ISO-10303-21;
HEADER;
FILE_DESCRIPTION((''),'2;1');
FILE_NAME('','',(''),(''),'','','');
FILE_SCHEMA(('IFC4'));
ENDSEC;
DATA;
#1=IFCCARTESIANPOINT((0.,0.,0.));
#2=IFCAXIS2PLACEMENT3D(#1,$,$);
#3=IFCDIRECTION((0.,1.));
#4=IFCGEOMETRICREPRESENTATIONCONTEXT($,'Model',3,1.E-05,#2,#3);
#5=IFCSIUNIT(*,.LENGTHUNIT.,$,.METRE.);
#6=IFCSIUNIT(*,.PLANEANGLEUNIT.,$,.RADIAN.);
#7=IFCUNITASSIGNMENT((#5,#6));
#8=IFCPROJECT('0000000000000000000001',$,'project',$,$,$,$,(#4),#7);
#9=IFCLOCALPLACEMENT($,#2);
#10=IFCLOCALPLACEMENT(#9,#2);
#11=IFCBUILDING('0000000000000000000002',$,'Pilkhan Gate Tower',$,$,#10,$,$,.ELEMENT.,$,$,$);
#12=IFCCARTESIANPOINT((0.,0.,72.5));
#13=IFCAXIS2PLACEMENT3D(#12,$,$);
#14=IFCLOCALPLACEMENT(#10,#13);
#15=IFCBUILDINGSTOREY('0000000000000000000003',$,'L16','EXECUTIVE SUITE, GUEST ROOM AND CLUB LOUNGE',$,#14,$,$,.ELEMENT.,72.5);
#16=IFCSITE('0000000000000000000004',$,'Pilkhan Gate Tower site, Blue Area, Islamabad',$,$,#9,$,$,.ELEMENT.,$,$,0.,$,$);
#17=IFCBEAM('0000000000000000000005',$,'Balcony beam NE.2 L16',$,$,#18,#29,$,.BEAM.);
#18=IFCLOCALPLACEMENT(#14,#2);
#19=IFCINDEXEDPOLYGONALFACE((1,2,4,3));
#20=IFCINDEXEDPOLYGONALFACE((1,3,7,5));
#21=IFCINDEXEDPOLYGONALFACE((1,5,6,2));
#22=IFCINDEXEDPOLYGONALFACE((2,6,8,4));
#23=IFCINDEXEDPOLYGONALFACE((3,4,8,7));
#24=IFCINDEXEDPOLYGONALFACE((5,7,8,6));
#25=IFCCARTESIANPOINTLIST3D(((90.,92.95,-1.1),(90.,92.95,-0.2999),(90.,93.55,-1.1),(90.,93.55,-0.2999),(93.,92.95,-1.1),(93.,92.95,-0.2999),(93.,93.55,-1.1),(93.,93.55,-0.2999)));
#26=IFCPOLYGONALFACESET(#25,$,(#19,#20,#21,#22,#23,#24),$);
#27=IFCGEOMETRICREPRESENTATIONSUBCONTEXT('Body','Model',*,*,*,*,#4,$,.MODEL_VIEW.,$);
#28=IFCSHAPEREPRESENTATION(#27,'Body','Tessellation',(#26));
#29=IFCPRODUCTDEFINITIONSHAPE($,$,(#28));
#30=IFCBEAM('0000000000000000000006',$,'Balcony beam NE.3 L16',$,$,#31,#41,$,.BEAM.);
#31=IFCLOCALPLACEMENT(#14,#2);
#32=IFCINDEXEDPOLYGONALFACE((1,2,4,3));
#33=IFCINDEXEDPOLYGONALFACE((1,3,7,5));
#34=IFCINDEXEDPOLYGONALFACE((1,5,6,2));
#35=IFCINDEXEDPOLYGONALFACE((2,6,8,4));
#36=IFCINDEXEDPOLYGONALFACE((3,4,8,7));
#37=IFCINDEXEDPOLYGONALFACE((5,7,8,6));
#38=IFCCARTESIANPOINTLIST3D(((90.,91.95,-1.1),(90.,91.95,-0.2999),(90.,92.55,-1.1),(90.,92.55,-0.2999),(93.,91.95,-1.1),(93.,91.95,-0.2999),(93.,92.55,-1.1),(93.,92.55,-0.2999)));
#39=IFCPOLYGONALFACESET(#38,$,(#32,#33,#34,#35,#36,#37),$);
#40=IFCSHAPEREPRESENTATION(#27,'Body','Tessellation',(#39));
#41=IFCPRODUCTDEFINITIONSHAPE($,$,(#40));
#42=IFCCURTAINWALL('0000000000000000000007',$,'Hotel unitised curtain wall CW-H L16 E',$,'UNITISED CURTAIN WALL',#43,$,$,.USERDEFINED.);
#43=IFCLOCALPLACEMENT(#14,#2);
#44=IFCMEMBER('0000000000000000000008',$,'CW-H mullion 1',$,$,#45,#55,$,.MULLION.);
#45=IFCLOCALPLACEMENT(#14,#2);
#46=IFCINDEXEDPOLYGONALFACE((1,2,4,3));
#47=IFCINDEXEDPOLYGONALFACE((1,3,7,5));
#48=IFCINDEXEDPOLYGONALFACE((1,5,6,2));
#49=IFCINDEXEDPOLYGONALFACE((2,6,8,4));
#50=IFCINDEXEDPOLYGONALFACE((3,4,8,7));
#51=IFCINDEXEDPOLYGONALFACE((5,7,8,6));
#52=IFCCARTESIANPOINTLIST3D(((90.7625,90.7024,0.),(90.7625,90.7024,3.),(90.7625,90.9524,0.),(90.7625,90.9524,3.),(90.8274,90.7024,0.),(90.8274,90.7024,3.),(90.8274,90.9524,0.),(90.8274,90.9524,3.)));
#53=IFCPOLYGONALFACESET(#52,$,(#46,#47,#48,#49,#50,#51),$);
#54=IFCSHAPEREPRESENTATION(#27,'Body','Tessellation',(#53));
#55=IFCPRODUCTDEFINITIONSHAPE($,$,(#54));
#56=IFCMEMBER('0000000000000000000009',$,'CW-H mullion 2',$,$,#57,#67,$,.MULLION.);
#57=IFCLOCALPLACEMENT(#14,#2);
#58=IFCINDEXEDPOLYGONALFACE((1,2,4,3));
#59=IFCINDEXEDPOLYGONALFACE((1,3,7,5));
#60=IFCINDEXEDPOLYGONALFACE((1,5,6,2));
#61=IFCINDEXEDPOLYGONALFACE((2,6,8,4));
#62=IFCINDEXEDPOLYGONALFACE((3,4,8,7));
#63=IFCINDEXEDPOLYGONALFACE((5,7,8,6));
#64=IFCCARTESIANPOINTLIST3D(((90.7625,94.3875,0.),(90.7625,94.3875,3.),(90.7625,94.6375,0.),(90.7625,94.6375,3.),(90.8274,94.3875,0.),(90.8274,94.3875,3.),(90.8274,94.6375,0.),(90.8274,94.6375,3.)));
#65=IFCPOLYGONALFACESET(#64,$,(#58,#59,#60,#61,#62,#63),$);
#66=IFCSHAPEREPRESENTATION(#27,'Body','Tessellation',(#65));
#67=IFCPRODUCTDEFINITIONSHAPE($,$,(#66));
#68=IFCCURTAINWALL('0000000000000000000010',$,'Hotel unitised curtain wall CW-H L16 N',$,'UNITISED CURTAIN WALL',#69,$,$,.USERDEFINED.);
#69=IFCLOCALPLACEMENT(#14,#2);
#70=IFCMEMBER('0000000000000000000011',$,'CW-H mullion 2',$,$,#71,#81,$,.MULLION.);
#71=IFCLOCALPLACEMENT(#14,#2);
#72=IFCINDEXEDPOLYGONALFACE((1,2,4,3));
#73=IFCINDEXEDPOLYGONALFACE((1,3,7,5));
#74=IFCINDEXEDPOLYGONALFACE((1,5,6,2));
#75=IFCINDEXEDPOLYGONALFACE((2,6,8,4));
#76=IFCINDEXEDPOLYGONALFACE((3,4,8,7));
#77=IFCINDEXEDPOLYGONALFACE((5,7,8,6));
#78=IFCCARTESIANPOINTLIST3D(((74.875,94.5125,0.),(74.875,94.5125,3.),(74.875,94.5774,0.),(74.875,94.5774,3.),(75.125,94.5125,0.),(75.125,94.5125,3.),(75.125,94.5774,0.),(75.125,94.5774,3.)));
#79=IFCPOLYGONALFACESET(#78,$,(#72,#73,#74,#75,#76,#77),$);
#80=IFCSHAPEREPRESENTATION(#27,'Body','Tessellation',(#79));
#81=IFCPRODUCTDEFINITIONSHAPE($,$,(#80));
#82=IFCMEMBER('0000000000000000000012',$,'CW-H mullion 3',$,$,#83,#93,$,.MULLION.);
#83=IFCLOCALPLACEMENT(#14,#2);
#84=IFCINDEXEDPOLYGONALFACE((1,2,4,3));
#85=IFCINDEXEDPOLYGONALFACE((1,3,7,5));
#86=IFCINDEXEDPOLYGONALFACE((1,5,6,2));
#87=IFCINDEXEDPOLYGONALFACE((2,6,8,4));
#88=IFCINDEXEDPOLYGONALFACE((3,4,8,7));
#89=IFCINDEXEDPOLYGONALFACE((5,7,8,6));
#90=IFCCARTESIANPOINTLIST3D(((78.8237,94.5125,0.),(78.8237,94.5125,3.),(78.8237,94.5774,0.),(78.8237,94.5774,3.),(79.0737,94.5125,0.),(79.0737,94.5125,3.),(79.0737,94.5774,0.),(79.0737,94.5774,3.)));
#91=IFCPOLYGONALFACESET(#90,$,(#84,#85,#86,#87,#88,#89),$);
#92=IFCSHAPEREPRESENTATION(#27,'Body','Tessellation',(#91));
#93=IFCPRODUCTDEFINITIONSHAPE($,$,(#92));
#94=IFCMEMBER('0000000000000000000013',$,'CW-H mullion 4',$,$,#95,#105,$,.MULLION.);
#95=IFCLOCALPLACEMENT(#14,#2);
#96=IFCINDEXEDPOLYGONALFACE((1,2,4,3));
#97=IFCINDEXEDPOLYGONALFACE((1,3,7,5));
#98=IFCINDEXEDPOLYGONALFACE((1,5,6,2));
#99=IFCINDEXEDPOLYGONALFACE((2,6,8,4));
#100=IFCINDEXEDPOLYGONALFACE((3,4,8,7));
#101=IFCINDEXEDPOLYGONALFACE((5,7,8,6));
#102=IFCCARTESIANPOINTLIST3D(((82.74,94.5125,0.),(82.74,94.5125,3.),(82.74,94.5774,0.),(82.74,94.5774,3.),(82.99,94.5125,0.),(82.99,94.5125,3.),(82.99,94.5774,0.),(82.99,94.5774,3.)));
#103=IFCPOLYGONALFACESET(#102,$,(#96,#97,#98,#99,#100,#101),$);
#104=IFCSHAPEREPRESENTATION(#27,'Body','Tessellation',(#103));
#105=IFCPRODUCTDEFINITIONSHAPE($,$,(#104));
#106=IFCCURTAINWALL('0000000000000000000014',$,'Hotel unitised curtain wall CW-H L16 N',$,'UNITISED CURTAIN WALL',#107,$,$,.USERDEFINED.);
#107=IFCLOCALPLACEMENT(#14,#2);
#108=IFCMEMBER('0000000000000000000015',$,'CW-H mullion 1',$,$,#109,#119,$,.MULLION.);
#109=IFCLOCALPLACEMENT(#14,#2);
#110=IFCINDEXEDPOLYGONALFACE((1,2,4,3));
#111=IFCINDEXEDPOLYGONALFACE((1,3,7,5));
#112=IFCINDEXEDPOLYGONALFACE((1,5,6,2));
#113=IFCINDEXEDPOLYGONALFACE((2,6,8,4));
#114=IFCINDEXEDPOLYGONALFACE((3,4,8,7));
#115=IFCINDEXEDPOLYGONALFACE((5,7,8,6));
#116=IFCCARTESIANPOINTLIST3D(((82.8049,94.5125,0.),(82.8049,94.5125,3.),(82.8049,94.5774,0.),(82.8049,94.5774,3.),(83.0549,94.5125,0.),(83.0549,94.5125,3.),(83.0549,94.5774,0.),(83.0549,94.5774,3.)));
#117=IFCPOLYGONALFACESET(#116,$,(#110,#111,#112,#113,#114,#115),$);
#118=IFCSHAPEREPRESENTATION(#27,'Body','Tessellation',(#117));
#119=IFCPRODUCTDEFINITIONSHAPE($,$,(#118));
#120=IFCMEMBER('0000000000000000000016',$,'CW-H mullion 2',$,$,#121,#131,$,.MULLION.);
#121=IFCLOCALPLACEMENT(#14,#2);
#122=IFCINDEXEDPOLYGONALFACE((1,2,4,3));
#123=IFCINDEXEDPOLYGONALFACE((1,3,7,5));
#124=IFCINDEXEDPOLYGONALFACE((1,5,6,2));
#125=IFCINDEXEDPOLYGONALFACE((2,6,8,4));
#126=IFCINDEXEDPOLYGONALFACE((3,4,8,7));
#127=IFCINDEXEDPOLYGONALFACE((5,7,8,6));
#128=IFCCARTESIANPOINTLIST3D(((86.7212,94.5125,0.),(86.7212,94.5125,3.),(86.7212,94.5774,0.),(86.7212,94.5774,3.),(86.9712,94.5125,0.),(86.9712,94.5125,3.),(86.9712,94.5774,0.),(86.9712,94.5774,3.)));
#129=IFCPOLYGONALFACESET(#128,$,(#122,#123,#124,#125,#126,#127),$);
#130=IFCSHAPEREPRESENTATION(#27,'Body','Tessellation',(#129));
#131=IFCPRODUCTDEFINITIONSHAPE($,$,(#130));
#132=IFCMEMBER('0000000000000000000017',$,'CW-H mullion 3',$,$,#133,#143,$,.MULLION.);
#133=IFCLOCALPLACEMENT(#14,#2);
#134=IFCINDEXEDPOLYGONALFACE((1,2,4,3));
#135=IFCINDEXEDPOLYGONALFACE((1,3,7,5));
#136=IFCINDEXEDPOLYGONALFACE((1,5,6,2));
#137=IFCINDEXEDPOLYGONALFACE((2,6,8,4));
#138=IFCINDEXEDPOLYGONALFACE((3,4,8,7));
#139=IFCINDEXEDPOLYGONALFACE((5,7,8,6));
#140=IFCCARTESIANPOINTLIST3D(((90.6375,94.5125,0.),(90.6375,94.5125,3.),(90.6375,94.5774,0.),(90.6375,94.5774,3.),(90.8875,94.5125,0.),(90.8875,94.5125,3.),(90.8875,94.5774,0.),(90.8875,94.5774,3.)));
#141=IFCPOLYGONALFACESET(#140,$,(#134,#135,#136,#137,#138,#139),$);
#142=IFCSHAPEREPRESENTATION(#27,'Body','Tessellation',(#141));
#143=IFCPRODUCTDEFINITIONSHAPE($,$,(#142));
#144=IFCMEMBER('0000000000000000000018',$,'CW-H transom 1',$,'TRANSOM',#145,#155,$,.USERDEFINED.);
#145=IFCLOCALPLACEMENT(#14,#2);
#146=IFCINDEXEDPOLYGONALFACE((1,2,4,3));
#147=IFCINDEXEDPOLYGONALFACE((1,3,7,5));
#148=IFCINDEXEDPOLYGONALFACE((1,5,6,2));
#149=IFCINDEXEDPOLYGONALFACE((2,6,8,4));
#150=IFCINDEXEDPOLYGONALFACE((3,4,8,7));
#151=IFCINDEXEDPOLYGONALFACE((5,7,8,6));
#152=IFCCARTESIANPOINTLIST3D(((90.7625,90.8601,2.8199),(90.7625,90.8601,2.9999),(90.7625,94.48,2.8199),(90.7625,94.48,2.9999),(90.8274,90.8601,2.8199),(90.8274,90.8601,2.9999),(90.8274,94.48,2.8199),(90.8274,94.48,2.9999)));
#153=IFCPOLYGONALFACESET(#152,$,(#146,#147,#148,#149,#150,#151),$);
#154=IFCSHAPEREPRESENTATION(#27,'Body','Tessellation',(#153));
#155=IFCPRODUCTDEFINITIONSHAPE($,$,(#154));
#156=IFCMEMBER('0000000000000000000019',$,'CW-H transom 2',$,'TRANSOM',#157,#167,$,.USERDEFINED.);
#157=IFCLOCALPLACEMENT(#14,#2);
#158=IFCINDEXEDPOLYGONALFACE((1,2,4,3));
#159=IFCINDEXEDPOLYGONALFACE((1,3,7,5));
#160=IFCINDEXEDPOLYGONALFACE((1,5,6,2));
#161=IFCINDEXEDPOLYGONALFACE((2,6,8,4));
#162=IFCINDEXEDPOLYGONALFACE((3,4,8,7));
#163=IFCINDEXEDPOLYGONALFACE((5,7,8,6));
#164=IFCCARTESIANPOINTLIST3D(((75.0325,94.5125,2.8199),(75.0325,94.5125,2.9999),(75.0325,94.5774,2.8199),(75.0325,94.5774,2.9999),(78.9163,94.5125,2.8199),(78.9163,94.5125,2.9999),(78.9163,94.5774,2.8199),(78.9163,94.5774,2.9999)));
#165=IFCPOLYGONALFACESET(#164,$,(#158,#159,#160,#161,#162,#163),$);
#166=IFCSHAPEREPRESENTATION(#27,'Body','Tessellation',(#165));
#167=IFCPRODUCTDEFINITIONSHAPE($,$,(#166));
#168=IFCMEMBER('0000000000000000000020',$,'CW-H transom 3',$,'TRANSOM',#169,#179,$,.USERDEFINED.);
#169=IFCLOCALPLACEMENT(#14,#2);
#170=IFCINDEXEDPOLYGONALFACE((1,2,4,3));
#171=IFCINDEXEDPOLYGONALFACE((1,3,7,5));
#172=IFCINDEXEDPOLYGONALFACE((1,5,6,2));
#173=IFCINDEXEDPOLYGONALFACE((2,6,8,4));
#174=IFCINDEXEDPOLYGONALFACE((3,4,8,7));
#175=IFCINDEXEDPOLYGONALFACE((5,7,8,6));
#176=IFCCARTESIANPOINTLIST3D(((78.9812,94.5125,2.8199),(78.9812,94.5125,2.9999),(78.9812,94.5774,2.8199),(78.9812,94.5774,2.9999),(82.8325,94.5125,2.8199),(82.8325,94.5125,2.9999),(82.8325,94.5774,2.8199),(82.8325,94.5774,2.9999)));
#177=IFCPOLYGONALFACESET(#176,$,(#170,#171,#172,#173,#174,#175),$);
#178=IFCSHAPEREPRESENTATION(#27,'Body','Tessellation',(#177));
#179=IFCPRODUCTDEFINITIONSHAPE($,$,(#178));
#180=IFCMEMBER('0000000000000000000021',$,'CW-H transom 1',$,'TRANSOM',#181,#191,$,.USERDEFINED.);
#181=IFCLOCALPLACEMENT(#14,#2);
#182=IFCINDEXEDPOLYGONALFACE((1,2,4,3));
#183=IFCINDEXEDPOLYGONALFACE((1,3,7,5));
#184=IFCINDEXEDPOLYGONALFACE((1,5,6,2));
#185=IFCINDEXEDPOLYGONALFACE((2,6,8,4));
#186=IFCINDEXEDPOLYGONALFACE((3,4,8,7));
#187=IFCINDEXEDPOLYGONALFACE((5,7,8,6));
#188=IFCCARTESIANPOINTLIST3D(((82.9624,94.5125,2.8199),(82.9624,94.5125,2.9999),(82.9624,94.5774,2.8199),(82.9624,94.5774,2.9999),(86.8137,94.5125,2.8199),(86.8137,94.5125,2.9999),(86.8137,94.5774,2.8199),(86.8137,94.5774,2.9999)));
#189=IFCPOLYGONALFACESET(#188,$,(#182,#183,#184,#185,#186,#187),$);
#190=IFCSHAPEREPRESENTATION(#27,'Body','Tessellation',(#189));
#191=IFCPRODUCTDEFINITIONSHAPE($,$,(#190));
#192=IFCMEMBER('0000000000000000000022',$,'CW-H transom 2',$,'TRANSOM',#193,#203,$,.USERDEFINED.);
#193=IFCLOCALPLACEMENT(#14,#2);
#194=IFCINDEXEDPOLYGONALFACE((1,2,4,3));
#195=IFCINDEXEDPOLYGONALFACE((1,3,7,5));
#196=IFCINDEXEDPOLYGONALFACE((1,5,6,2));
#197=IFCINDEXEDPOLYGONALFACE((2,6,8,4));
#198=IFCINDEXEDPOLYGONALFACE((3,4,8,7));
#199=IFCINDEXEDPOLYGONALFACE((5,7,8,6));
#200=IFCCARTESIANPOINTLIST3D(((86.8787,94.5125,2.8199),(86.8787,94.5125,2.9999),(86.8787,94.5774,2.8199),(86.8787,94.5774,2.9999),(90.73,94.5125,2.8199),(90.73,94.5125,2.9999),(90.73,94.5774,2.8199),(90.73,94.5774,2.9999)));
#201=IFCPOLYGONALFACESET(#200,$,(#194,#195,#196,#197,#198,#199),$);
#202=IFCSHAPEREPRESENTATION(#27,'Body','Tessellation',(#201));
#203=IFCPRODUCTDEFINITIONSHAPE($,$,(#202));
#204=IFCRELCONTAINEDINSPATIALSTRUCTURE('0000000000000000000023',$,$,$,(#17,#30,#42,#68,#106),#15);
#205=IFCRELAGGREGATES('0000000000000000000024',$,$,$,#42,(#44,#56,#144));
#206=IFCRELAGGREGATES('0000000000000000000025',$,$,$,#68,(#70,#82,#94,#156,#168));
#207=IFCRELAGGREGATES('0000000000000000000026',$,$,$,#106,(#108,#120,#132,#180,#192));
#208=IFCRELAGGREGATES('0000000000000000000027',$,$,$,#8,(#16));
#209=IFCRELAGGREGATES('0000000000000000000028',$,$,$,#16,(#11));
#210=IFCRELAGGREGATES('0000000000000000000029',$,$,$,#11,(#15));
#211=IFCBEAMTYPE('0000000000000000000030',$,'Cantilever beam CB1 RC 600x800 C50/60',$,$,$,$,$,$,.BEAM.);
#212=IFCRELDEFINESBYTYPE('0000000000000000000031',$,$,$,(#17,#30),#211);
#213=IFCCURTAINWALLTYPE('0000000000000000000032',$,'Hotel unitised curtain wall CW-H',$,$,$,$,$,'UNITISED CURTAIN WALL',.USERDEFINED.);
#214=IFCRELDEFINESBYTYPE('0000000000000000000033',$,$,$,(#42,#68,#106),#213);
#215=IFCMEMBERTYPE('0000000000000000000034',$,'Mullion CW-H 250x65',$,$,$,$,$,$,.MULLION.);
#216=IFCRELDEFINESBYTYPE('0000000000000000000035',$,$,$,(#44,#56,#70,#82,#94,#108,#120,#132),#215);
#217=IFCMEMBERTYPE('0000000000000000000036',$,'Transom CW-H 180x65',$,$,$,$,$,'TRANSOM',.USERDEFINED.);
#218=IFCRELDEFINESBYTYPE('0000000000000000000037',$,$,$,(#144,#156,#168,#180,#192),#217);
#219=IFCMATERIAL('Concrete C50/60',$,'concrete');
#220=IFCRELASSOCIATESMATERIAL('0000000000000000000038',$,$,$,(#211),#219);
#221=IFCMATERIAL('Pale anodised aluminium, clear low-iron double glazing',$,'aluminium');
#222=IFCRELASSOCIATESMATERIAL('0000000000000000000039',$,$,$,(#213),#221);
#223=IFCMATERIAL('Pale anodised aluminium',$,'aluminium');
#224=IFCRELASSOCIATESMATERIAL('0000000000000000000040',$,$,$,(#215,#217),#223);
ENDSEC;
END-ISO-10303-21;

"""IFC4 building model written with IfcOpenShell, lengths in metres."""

from ifc_helpers import new_model, si_unit, direction, frame, origin, origin_2d, place, context, subcontext, project, spatial, rectangle, extrude, material, material_profile, profile_set, type_object, element, aggregate, save


model = new_model("IFC4")

# Units and contexts
model_context = context("Model", 3, precision=1e-05, world=origin(), true_north=direction((0.0, 1.0)))
body_context = subcontext(model_context, "Body", "Model", "MODEL_VIEW")
ifc_project = project(units=[si_unit("LENGTHUNIT", "METRE"), si_unit("PLANEANGLEUNIT", "RADIAN")], contexts=[model_context])

# Site, building, storey
site_placement = place(None, origin())
site = spatial("IfcSite", under=ifc_project, at=site_placement, Name="Pilkhan Gate Tower site, Blue Area, Islamabad", CompositionType="ELEMENT", RefElevation=0.0)
building_placement = place(site_placement, origin())
building = spatial("IfcBuilding", under=site, at=building_placement, Name="Pilkhan Gate Tower", CompositionType="ELEMENT")
storey_placement = place(building_placement, frame((0.0, 0.0, 72.5)))
storey = spatial("IfcBuildingStorey", under=building, at=storey_placement, Name="L16", Description="EXECUTIVE SUITE, GUEST ROOM AND CLUB LOUNGE", CompositionType="ELEMENT", Elevation=72.5)

# Beams
ifc_material_1 = material(Name="Concrete C50/60", Category="concrete")
ifc_material_profile_1 = material_profile(ifc_material_1, rectangle(XDim=0.6001, YDim=0.8, at=origin_2d()), Name="RC 600x800")
ifc_profile_set_1 = profile_set([ifc_material_profile_1], Name="Concrete C50/60")
beam_type = type_object("IfcBeamType", Name="Cantilever beam CB1 RC 600x800 C50/60", PredefinedType="BEAM", material=ifc_profile_set_1)
for number, where, z_axis, x_axis, name in (
    (1, (90.0, 93.25, -0.7), (1.0, 0.0, 0.0), (0.0, 1.0, 0.0), "Balcony beam NE.2 L16"),
    (2, (90.0, 92.25, -0.7), (1.0, 0.0, 0.0), (0.0, 1.0, 0.0), "Balcony beam NE.3 L16"),
):
    element("IfcBeam", number, at=place(storey_placement, frame(where, z_axis=z_axis, x_axis=x_axis)), inside=storey, type_object=beam_type, Name=name, PredefinedType="BEAM", context=body_context, shape_type="SweptSolid", body=[
        extrude(rectangle(XDim=0.6001, YDim=0.8, at=origin_2d()), origin(), (0.0, 0.0, 1.0), 3.0),
    ])

# Curtain walls, members
ifc_material_2 = material(Name="Pale anodised aluminium, clear low-iron double glazing", Category="aluminium")
curtain_wall_type = type_object("IfcCurtainWallType", Name="Hotel unitised curtain wall CW-H", ElementType="UNITISED CURTAIN WALL", PredefinedType="USERDEFINED", material=ifc_material_2)
curtain_wall_1_placement = place(storey_placement, origin())
curtain_wall_1 = element("IfcCurtainWall", 3, at=curtain_wall_1_placement, inside=storey, type_object=curtain_wall_type, Name="Hotel unitised curtain wall CW-H L16 E", ObjectType="UNITISED CURTAIN WALL", PredefinedType="USERDEFINED")
ifc_material_3 = material(Name="Pale anodised aluminium", Category="aluminium")
ifc_material_profile_2 = material_profile(ifc_material_3, rectangle(XDim=0.0649, YDim=0.25, at=origin_2d()), Name="Mullion 250x65")
ifc_profile_set_2 = profile_set([ifc_material_profile_2], Name="Pale anodised aluminium")
member_type_1 = type_object("IfcMemberType", Name="Mullion CW-H 250x65", PredefinedType="MULLION", material=ifc_profile_set_2)
member_1_placement = place(storey_placement, frame((90.7949, 90.8274, 0.0), z_axis=(0.0, 0.0, 1.0), x_axis=(-1.0, 0.0, 0.0)))
member_1 = element("IfcMember", 4, at=member_1_placement, type_object=member_type_1, Name="CW-H mullion 1", PredefinedType="MULLION", context=body_context, shape_type="SweptSolid", body=[
    extrude(rectangle(XDim=0.0649, YDim=0.25, at=origin_2d()), origin(), (0.0, 0.0, 1.0), 3.0),
])
member_2_placement = place(storey_placement, frame((90.7949, 94.5125, 0.0), z_axis=(0.0, 0.0, 1.0), x_axis=(-1.0, 0.0, 0.0)))
member_2 = element("IfcMember", 5, at=member_2_placement, type_object=member_type_1, Name="CW-H mullion 2", PredefinedType="MULLION", context=body_context, shape_type="SweptSolid", body=[
    extrude(rectangle(XDim=0.0649, YDim=0.25, at=origin_2d()), origin(), (0.0, 0.0, 1.0), 3.0),
])
curtain_wall_2_placement = place(storey_placement, origin())
curtain_wall_2 = element("IfcCurtainWall", 6, at=curtain_wall_2_placement, inside=storey, type_object=curtain_wall_type, Name="Hotel unitised curtain wall CW-H L16 N", ObjectType="UNITISED CURTAIN WALL", PredefinedType="USERDEFINED")
member_3_placement = place(storey_placement, frame((75.0, 94.5449, 0.0), z_axis=(0.0, 0.0, 1.0), x_axis=(0.0, 1.0, 0.0)))
member_3 = element("IfcMember", 7, at=member_3_placement, type_object=member_type_1, Name="CW-H mullion 2", PredefinedType="MULLION", context=body_context, shape_type="SweptSolid", body=[
    extrude(rectangle(XDim=0.0649, YDim=0.25, at=origin_2d()), origin(), (0.0, 0.0, 1.0), 3.0),
])
member_4_placement = place(storey_placement, frame((78.9487, 94.5449, 0.0), z_axis=(0.0, 0.0, 1.0), x_axis=(0.0, 1.0, 0.0)))
member_4 = element("IfcMember", 8, at=member_4_placement, type_object=member_type_1, Name="CW-H mullion 3", PredefinedType="MULLION", context=body_context, shape_type="SweptSolid", body=[
    extrude(rectangle(XDim=0.0649, YDim=0.25, at=origin_2d()), origin(), (0.0, 0.0, 1.0), 3.0),
])
member_5_placement = place(storey_placement, frame((82.865, 94.5449, 0.0), z_axis=(0.0, 0.0, 1.0), x_axis=(0.0, 1.0, 0.0)))
member_5 = element("IfcMember", 9, at=member_5_placement, type_object=member_type_1, Name="CW-H mullion 4", PredefinedType="MULLION", context=body_context, shape_type="SweptSolid", body=[
    extrude(rectangle(XDim=0.0649, YDim=0.25, at=origin_2d()), origin(), (0.0, 0.0, 1.0), 3.0),
])
curtain_wall_3_placement = place(storey_placement, origin())
curtain_wall_3 = element("IfcCurtainWall", 10, at=curtain_wall_3_placement, inside=storey, type_object=curtain_wall_type, Name="Hotel unitised curtain wall CW-H L16 N", ObjectType="UNITISED CURTAIN WALL", PredefinedType="USERDEFINED")
member_6_placement = place(storey_placement, frame((82.9299, 94.5449, 0.0), z_axis=(0.0, 0.0, 1.0), x_axis=(0.0, 1.0, 0.0)))
member_6 = element("IfcMember", 11, at=member_6_placement, type_object=member_type_1, Name="CW-H mullion 1", PredefinedType="MULLION", context=body_context, shape_type="SweptSolid", body=[
    extrude(rectangle(XDim=0.0649, YDim=0.25, at=origin_2d()), origin(), (0.0, 0.0, 1.0), 3.0),
])
member_7_placement = place(storey_placement, frame((86.8462, 94.5449, 0.0), z_axis=(0.0, 0.0, 1.0), x_axis=(0.0, 1.0, 0.0)))
member_7 = element("IfcMember", 12, at=member_7_placement, type_object=member_type_1, Name="CW-H mullion 2", PredefinedType="MULLION", context=body_context, shape_type="SweptSolid", body=[
    extrude(rectangle(XDim=0.0649, YDim=0.25, at=origin_2d()), origin(), (0.0, 0.0, 1.0), 3.0),
])
member_8_placement = place(storey_placement, frame((90.7625, 94.5449, 0.0), z_axis=(0.0, 0.0, 1.0), x_axis=(0.0, 1.0, 0.0)))
member_8 = element("IfcMember", 13, at=member_8_placement, type_object=member_type_1, Name="CW-H mullion 3", PredefinedType="MULLION", context=body_context, shape_type="SweptSolid", body=[
    extrude(rectangle(XDim=0.0649, YDim=0.25, at=origin_2d()), origin(), (0.0, 0.0, 1.0), 3.0),
])

# Members
ifc_material_profile_3 = material_profile(ifc_material_3, rectangle(XDim=0.0649, YDim=0.1799, at=origin_2d()), Name="Transom 180x65")
ifc_profile_set_3 = profile_set([ifc_material_profile_3], Name="Pale anodised aluminium")
member_type_2 = type_object("IfcMemberType", Name="Transom CW-H 180x65", ElementType="TRANSOM", PredefinedType="USERDEFINED", material=ifc_profile_set_3)
member_9_placement = place(storey_placement, frame((90.7949, 90.8601, 2.9099), z_axis=(0.0, 1.0, 0.0), x_axis=(-1.0, 0.0, 0.0)))
member_9 = element("IfcMember", 14, at=member_9_placement, type_object=member_type_2, Name="CW-H transom 1", ObjectType="TRANSOM", PredefinedType="USERDEFINED", context=body_context, shape_type="SweptSolid", body=[
    extrude(rectangle(XDim=0.0649, YDim=0.1799, at=origin_2d()), origin(), (0.0, 0.0, 1.0), 3.6199),
])
member_10_placement = place(storey_placement, frame((75.0325, 94.5449, 2.9099), z_axis=(1.0, 0.0, 0.0), x_axis=(0.0, 1.0, 0.0)))
member_10 = element("IfcMember", 15, at=member_10_placement, type_object=member_type_2, Name="CW-H transom 2", ObjectType="TRANSOM", PredefinedType="USERDEFINED", context=body_context, shape_type="SweptSolid", body=[
    extrude(rectangle(XDim=0.0649, YDim=0.1799, at=origin_2d()), origin(), (0.0, 0.0, 1.0), 3.8838),
])
member_11_placement = place(storey_placement, frame((78.9812, 94.5449, 2.9099), z_axis=(1.0, 0.0, 0.0), x_axis=(0.0, 1.0, 0.0)))
member_11 = element("IfcMember", 16, at=member_11_placement, type_object=member_type_2, Name="CW-H transom 3", ObjectType="TRANSOM", PredefinedType="USERDEFINED", context=body_context, shape_type="SweptSolid", body=[
    extrude(rectangle(XDim=0.0649, YDim=0.1799, at=origin_2d()), origin(), (0.0, 0.0, 1.0), 3.8513),
])
member_12_placement = place(storey_placement, frame((82.9624, 94.5449, 2.9099), z_axis=(1.0, 0.0, 0.0), x_axis=(0.0, 1.0, 0.0)))
member_12 = element("IfcMember", 17, at=member_12_placement, type_object=member_type_2, Name="CW-H transom 1", ObjectType="TRANSOM", PredefinedType="USERDEFINED", context=body_context, shape_type="SweptSolid", body=[
    extrude(rectangle(XDim=0.0649, YDim=0.1799, at=origin_2d()), origin(), (0.0, 0.0, 1.0), 3.8513),
])
member_13_placement = place(storey_placement, frame((86.8787, 94.5449, 2.9099), z_axis=(1.0, 0.0, 0.0), x_axis=(0.0, 1.0, 0.0)))
member_13 = element("IfcMember", 18, at=member_13_placement, type_object=member_type_2, Name="CW-H transom 2", ObjectType="TRANSOM", PredefinedType="USERDEFINED", context=body_context, shape_type="SweptSolid", body=[
    extrude(rectangle(XDim=0.0649, YDim=0.1799, at=origin_2d()), origin(), (0.0, 0.0, 1.0), 3.8513),
])

aggregate(curtain_wall_1, [member_1, member_2, member_9])
aggregate(curtain_wall_2, [member_3, member_4, member_5, member_10, member_11])
aggregate(curtain_wall_3, [member_6, member_7, member_8, member_12, member_13])

save(model, "model.ifc")
